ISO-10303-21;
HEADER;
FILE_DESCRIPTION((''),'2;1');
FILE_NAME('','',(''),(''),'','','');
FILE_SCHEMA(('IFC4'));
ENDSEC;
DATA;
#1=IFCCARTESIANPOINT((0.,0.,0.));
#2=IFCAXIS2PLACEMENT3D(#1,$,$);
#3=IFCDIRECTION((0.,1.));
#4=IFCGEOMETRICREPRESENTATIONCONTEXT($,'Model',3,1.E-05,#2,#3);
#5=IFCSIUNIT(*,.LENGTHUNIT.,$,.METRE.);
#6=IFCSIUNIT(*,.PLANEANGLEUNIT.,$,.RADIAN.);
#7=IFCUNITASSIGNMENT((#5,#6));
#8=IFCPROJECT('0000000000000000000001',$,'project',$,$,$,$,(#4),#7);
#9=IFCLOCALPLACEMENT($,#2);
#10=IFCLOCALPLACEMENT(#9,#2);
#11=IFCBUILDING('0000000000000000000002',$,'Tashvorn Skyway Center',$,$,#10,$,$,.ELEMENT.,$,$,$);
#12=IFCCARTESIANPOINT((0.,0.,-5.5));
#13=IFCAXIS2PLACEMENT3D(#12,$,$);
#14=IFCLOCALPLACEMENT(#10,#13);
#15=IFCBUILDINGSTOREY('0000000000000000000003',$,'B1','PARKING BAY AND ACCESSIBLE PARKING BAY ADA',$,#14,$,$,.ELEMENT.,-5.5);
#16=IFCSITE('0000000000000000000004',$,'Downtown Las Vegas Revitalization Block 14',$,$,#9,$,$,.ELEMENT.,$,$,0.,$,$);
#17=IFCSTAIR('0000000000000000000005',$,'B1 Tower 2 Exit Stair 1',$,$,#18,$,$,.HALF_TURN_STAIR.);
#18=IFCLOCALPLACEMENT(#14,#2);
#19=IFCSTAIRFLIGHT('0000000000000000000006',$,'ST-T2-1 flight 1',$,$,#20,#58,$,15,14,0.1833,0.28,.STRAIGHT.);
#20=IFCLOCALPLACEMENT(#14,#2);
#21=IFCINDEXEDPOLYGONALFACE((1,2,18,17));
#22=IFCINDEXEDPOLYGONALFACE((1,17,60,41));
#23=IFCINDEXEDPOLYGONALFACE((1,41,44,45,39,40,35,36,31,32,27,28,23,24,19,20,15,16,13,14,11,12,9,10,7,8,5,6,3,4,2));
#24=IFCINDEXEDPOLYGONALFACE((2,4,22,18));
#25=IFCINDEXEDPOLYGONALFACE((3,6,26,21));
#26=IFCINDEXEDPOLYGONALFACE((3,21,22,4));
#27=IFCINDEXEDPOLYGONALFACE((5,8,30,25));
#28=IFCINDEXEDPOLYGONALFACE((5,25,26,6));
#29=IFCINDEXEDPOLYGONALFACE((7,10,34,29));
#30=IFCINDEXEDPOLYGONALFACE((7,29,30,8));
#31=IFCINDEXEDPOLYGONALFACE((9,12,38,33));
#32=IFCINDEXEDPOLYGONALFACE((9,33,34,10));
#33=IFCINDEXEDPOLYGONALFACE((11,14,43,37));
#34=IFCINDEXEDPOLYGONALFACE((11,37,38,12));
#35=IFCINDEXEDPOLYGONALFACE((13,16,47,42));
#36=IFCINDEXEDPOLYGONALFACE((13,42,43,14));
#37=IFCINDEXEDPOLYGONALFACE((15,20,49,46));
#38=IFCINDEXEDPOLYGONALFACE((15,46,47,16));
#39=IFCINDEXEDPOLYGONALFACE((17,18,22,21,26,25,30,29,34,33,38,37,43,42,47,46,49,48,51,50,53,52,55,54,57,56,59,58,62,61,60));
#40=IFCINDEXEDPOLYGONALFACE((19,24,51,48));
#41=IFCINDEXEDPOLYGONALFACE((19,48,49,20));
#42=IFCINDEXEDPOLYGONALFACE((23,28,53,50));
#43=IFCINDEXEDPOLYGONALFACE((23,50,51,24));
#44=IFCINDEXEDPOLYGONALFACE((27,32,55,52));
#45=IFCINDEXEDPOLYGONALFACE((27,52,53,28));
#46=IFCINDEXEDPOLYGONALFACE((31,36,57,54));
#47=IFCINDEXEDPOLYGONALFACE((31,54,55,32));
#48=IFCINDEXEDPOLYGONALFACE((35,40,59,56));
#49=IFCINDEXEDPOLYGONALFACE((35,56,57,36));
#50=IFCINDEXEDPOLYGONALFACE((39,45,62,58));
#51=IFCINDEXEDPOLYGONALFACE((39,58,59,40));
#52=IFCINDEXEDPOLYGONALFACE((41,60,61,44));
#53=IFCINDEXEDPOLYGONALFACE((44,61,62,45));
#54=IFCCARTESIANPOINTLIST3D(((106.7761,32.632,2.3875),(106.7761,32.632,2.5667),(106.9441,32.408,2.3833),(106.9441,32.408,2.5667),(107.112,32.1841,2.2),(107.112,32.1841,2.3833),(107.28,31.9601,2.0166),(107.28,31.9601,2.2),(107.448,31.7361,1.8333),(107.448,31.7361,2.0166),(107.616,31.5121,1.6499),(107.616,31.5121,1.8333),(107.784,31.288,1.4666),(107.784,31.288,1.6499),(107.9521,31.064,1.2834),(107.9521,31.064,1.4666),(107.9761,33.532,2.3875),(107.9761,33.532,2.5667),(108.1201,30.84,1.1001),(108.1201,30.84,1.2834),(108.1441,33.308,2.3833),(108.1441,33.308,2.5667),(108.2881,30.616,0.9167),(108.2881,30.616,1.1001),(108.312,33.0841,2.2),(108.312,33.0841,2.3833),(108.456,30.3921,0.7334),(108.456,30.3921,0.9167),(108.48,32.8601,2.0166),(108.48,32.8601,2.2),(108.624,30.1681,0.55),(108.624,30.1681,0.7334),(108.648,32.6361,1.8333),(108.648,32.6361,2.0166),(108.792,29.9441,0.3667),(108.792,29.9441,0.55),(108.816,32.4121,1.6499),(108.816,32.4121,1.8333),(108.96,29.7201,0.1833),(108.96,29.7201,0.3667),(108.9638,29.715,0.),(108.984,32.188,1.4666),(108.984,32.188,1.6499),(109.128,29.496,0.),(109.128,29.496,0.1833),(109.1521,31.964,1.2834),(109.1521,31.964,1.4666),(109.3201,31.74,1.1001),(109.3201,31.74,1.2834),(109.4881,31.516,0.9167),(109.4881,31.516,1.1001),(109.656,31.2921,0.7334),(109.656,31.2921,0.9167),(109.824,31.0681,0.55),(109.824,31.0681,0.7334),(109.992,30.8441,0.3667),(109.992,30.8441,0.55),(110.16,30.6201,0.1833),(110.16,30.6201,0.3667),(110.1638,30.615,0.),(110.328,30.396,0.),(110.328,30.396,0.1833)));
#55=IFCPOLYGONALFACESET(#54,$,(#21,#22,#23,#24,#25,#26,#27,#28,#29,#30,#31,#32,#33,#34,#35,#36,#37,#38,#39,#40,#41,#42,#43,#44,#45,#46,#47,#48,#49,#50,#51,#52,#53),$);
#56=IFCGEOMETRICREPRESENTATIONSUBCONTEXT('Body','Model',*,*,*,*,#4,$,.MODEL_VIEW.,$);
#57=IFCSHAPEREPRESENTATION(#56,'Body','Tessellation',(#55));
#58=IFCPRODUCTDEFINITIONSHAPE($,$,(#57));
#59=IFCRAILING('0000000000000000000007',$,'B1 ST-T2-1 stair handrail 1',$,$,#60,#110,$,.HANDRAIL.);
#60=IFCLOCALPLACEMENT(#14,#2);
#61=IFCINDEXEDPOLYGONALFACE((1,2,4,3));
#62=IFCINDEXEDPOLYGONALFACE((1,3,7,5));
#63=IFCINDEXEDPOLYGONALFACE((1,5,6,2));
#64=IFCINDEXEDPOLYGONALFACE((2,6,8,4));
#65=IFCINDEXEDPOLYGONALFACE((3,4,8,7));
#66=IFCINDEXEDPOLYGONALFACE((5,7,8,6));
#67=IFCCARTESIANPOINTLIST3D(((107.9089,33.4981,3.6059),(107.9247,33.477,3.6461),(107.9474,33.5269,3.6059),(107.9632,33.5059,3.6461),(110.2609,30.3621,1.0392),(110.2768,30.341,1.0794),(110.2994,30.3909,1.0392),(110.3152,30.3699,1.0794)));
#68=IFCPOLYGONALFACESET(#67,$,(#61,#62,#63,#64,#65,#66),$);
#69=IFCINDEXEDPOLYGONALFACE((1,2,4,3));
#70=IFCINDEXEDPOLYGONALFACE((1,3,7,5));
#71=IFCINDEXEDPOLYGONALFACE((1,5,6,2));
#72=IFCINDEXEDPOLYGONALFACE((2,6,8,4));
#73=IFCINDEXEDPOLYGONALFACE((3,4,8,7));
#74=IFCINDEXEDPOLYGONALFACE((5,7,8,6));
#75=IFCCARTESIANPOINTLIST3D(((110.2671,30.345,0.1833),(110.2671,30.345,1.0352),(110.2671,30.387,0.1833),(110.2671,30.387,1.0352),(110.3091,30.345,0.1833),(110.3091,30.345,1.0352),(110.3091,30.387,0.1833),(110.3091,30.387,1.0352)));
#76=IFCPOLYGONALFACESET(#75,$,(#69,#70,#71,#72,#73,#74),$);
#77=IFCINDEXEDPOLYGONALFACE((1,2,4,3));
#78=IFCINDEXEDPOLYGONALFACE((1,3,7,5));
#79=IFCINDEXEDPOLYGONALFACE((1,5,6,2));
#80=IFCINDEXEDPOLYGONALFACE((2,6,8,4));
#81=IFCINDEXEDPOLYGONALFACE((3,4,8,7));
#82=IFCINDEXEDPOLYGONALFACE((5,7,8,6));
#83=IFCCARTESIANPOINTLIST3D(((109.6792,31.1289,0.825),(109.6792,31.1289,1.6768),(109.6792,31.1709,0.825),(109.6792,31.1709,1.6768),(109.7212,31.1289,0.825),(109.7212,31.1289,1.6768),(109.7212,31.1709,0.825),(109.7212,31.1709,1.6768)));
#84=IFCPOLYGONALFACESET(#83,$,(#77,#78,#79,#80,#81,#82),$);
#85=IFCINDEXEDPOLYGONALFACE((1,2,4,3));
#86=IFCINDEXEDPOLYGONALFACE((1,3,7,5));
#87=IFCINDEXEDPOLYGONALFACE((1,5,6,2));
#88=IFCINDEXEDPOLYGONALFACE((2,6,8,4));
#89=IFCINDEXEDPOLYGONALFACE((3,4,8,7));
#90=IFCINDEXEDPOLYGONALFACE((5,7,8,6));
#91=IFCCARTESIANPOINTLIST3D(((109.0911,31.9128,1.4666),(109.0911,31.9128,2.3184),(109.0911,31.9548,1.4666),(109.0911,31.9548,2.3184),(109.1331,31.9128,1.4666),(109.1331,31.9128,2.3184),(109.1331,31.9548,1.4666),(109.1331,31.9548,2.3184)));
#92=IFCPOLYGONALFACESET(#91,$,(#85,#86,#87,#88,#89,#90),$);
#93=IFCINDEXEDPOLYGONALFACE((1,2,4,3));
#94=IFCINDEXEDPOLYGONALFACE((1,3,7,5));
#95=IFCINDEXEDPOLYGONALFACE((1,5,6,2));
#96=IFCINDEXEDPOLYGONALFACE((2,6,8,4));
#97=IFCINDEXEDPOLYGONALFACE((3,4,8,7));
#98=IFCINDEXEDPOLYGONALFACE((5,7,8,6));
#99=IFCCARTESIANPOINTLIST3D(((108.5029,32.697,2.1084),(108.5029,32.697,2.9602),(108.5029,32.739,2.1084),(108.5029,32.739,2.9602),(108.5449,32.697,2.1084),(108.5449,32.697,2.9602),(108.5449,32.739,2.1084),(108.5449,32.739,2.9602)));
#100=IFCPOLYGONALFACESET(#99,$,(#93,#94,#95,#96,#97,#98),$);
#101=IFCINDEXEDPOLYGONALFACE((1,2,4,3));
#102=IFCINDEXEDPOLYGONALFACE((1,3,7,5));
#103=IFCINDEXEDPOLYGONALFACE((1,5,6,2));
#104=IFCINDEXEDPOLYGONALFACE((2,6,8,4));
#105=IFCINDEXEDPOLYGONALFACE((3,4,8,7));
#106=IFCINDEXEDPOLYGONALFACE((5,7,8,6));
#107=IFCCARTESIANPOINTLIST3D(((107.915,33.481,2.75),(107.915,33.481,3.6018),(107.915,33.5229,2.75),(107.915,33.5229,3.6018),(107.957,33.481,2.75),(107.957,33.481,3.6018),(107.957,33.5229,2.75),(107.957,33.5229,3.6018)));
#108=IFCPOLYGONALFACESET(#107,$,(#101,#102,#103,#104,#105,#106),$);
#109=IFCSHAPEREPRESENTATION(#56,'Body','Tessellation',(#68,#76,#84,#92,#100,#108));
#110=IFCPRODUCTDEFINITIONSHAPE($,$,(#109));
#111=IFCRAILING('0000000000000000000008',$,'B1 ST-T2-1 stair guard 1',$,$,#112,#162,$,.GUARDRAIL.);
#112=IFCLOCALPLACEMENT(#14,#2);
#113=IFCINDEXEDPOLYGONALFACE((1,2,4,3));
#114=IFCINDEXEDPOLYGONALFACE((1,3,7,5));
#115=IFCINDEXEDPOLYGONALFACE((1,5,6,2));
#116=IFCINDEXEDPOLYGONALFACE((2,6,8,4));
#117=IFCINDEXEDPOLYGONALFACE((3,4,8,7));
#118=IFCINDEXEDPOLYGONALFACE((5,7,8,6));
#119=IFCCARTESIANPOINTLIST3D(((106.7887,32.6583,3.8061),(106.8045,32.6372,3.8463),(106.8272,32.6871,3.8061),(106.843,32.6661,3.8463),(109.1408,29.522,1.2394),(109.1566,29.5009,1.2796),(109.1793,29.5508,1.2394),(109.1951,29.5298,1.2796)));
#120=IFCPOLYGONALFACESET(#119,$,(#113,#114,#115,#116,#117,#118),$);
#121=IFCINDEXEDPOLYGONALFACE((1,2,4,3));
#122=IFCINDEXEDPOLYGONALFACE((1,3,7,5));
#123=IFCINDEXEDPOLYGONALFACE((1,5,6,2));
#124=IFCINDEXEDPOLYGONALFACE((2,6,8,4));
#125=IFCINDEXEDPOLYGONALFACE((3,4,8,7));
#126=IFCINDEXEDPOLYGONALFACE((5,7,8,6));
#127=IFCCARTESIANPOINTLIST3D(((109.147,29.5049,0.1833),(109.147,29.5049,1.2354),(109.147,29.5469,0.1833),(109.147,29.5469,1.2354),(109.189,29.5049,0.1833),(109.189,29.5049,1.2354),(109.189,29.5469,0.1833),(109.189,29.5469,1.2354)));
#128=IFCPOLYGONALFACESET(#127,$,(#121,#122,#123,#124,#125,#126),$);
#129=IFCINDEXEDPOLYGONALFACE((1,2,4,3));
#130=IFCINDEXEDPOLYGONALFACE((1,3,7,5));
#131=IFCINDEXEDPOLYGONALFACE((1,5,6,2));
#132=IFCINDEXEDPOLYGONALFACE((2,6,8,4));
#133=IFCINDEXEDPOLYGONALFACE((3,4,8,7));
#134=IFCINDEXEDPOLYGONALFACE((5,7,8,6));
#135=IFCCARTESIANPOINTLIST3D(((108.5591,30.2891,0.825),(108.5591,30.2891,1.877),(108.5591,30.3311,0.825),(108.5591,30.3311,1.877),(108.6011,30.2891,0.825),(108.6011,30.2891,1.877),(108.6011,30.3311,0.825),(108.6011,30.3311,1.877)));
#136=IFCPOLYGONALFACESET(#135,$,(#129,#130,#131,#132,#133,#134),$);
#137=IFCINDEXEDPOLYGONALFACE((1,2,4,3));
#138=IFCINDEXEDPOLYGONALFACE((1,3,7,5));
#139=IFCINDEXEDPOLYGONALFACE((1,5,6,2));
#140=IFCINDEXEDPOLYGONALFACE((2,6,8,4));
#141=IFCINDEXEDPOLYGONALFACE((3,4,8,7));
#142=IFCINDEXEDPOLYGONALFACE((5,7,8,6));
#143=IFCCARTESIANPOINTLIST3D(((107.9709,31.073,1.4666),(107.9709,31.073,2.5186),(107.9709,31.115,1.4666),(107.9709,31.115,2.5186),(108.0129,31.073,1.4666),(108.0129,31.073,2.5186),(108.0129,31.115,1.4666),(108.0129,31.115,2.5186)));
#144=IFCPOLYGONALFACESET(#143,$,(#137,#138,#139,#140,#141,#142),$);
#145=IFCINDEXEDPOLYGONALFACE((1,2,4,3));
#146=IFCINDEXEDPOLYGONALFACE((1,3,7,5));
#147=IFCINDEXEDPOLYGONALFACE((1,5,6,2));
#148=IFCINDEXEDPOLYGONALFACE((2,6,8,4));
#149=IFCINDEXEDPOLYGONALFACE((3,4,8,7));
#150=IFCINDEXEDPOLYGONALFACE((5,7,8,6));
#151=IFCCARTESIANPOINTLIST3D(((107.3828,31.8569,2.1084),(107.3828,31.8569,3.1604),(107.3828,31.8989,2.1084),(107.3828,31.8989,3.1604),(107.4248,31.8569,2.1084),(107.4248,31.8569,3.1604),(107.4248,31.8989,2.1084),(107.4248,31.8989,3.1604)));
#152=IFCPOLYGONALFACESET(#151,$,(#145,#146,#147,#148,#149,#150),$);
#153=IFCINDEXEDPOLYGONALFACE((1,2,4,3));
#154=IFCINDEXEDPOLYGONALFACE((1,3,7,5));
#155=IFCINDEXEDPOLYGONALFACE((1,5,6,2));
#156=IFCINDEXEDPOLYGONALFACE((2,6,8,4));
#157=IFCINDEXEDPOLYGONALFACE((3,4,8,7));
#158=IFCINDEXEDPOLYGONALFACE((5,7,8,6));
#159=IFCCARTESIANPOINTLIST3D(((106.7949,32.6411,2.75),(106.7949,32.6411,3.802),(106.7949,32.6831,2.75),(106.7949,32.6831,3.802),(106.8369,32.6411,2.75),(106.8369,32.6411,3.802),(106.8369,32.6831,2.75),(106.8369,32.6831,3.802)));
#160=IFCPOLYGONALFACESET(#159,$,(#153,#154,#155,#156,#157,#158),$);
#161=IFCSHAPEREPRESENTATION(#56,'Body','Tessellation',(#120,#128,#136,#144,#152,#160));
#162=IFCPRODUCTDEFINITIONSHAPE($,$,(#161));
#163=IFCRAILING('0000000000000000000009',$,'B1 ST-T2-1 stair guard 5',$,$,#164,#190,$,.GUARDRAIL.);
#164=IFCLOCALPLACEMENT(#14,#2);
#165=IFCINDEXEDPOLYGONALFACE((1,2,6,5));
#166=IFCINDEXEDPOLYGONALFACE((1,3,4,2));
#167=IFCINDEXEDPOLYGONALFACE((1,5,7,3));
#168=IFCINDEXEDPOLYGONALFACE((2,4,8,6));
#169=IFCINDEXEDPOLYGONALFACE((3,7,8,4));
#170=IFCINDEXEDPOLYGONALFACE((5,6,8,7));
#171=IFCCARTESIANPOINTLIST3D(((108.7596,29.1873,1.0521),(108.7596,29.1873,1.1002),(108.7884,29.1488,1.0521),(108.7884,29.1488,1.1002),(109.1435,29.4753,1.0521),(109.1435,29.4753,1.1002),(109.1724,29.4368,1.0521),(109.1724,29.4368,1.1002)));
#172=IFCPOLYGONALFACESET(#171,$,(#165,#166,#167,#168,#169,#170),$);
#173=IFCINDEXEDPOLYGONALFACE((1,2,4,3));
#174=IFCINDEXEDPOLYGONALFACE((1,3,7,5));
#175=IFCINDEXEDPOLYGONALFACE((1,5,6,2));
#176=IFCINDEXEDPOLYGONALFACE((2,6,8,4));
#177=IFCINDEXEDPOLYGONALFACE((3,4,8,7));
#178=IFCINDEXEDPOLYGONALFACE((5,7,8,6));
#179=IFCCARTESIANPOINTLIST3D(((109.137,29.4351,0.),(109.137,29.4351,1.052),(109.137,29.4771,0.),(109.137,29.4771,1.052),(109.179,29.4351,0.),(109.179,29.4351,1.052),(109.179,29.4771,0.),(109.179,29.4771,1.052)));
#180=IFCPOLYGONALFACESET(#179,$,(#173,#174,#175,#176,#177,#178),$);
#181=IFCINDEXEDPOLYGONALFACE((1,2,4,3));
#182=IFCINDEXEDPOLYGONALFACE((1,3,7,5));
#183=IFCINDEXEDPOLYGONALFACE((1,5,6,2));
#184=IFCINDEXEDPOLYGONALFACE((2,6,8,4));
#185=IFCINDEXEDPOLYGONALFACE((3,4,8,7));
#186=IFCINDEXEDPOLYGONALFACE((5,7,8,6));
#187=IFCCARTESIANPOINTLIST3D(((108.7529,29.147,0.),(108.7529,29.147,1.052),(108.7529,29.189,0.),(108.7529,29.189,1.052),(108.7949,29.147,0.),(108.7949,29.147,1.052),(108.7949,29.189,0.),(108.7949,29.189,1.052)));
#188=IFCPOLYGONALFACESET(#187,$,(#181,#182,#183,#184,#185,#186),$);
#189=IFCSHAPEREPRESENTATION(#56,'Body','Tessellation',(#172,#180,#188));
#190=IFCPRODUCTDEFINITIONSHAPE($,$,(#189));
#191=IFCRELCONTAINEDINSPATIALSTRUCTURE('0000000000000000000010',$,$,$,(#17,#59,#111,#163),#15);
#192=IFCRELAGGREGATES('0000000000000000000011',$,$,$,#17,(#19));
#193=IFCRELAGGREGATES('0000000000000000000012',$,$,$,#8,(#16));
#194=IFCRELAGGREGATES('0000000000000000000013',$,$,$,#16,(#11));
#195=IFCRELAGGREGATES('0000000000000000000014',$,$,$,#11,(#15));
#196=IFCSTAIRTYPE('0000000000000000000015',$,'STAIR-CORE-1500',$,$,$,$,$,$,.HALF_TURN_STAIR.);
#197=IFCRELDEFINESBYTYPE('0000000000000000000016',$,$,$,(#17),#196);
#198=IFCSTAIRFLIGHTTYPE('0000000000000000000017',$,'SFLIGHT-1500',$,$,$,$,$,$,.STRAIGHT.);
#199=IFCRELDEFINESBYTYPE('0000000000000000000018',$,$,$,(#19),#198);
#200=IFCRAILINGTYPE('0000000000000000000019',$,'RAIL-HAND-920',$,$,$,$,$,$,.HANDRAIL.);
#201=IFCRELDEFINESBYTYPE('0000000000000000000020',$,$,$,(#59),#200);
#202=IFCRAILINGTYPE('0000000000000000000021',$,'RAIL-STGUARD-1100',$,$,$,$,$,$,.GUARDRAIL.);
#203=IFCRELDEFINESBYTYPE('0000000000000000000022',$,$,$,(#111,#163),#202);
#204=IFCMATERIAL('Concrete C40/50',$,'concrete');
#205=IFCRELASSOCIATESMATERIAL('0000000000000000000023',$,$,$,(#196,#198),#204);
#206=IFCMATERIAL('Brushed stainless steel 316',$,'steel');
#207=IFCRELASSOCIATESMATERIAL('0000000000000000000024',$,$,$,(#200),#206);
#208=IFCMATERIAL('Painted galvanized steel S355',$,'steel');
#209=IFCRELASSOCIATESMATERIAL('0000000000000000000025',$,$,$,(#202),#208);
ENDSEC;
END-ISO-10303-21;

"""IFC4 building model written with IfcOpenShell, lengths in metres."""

from ifc_helpers import new_model, si_unit, direction, frame, origin, origin_2d, place, context, subcontext, project, spatial, polyline, rectangle, outline, extrude, material, type_object, element, aggregate, save


model = new_model("IFC4")

# Units and contexts
model_context = context("Model", 3, precision=1e-05, world=origin(), true_north=direction((0.0, 1.0)))
body_context = subcontext(model_context, "Body", "Model", "MODEL_VIEW")
ifc_project = project(units=[si_unit("LENGTHUNIT", "METRE"), si_unit("PLANEANGLEUNIT", "RADIAN")], contexts=[model_context])

# Site, building, storey
site_placement = place(None, origin())
site = spatial("IfcSite", under=ifc_project, at=site_placement, Name="Downtown Las Vegas Revitalization Block 14", CompositionType="ELEMENT", RefElevation=0.0)
building_placement = place(site_placement, origin())
building = spatial("IfcBuilding", under=site, at=building_placement, Name="Tashvorn Skyway Center", CompositionType="ELEMENT")
storey_placement = place(building_placement, frame((0.0, 0.0, -5.5)))
storey = spatial("IfcBuildingStorey", under=building, at=storey_placement, Name="B1", Description="PARKING BAY AND ACCESSIBLE PARKING BAY ADA", CompositionType="ELEMENT", Elevation=-5.5)

# Shared definitions
ifc_material_1 = material(Name="Concrete C40/50", Category="concrete")

# Stair, stair flight
stair_type = type_object("IfcStairType", Name="STAIR-CORE-1500", PredefinedType="HALF_TURN_STAIR", material=ifc_material_1)
stair_placement = place(storey_placement, origin())
stair = element("IfcStair", 1, at=stair_placement, inside=storey, type_object=stair_type, Name="B1 Tower 2 Exit Stair 1", PredefinedType="HALF_TURN_STAIR")
stair_flight_type = type_object("IfcStairFlightType", Name="SFLIGHT-1500", PredefinedType="STRAIGHT", material=ifc_material_1)
stair_flight_placement = place(storey_placement, frame((109.728, 29.946, 0.0), z_axis=(0.0, 0.0, 1.0), x_axis=(-0.6, 0.8, 0.0)))
stair_flight = element("IfcStairFlight", 2, at=stair_flight_placement, type_object=stair_flight_type, Name="ST-T2-1 flight 1", NumberOfRisers=15, NumberOfTreads=14, PredefinedType="STRAIGHT", RiserHeight=0.1833, TreadLength=0.28, context=body_context, shape_type="SweptSolid", body=[
    extrude(outline(polyline([(0.0, 0.0), (0.0, 0.1833), (0.28, 0.1833), (0.28, 0.3667), (0.5601, 0.3667), (0.5601, 0.55), (0.8401, 0.55), (0.8401, 0.7334), (1.1201, 0.7334), (1.1201, 0.9167), (1.3999, 0.9167), (1.3999, 1.1001), (1.6799, 1.1001), (1.6799, 1.2834), (1.96, 1.2834), (1.96, 1.4666), (2.24, 1.4666), (2.24, 1.6499), (2.52, 1.6499), (2.52, 1.8333), (2.8, 1.8333), (2.8, 2.0166), (3.0801, 2.0166), (3.0801, 2.2), (3.3601, 2.2), (3.3601, 2.3833), (3.6399, 2.3833), (3.6399, 2.5667), (3.9199, 2.5667), (3.9199, 2.75), (3.9199, 2.3875), (0.2737, 0.0), (0.0, 0.0)])), frame((0.0, 0.75, 0.0), z_axis=(0.0, -1.0, 0.0), x_axis=(1.0, 0.0, 0.0)), (0.0, 0.0, 1.0), 1.5),
])
aggregate(stair, [stair_flight])

# Railings
ifc_material_2 = material(Name="Brushed stainless steel 316", Category="steel")
railing_type_1 = type_object("IfcRailingType", Name="RAIL-HAND-920", PredefinedType="HANDRAIL", material=ifc_material_2)
railing_1_placement = place(storey_placement, frame((110.2881, 30.366, 0.1833)))
element("IfcRailing", 3, at=railing_1_placement, inside=storey, type_object=railing_type_1, Name="B1 ST-T2-1 stair handrail 1", PredefinedType="HANDRAIL", context=body_context, shape_type="SweptSolid", body=[
    extrude(rectangle(XDim=0.0481, YDim=0.0481, at=origin_2d()), frame((0.0, 0.0, 0.876), z_axis=(-0.501981, 0.669291, 0.547782), x_axis=(-0.799993, -0.60001, 0.0)), (0.0, 0.0, 1.0), 4.6855),
    extrude(rectangle(XDim=0.042, YDim=0.042, at=origin_2d()), origin(), (0.0, 0.0, 1.0), 0.8518),
    extrude(rectangle(XDim=0.042, YDim=0.042, at=origin_2d()), frame((-0.5879, 0.7839, 0.6416)), (0.0, 0.0, 1.0), 0.8518),
    extrude(rectangle(XDim=0.042, YDim=0.042, at=origin_2d()), frame((-1.176, 1.5679, 1.2832)), (0.0, 0.0, 1.0), 0.8518),
    extrude(rectangle(XDim=0.042, YDim=0.042, at=origin_2d()), frame((-1.7642, 2.3521, 1.925)), (0.0, 0.0, 1.0), 0.8518),
    extrude(rectangle(XDim=0.042, YDim=0.042, at=origin_2d()), frame((-2.3521, 3.136, 2.5667)), (0.0, 0.0, 1.0), 0.8518),
])
ifc_material_3 = material(Name="Painted galvanized steel S355", Category="steel")
railing_type_2 = type_object("IfcRailingType", Name="RAIL-STGUARD-1100", PredefinedType="GUARDRAIL", material=ifc_material_3)
railing_2_placement = place(storey_placement, frame((109.168, 29.5259, 0.1833)))
element("IfcRailing", 4, at=railing_2_placement, inside=storey, type_object=railing_type_2, Name="B1 ST-T2-1 stair guard 1", PredefinedType="GUARDRAIL", context=body_context, shape_type="SweptSolid", body=[
    extrude(rectangle(XDim=0.0481, YDim=0.0481, at=origin_2d()), frame((0.0, 0.0, 1.0762), z_axis=(-0.501964, 0.66932, 0.547762), x_axis=(-0.800015, -0.59998, 0.0)), (0.0, 0.0, 1.0), 4.6858),
    extrude(rectangle(XDim=0.042, YDim=0.042, at=origin_2d()), origin(), (0.0, 0.0, 1.0), 1.052),
    extrude(rectangle(XDim=0.042, YDim=0.042, at=origin_2d()), frame((-0.5879, 0.7842, 0.6416)), (0.0, 0.0, 1.0), 1.052),
    extrude(rectangle(XDim=0.042, YDim=0.042, at=origin_2d()), frame((-1.176, 1.5681, 1.2832)), (0.0, 0.0, 1.0), 1.052),
    extrude(rectangle(XDim=0.042, YDim=0.042, at=origin_2d()), frame((-1.7642, 2.3521, 1.925)), (0.0, 0.0, 1.0), 1.052),
    extrude(rectangle(XDim=0.042, YDim=0.042, at=origin_2d()), frame((-2.3521, 3.1362, 2.5667)), (0.0, 0.0, 1.0), 1.052),
])
railing_3_placement = place(storey_placement, frame((109.158, 29.4561, 0.0)))
element("IfcRailing", 5, at=railing_3_placement, inside=storey, type_object=railing_type_2, Name="B1 ST-T2-1 stair guard 5", PredefinedType="GUARDRAIL", context=body_context, shape_type="SweptSolid", body=[
    extrude(rectangle(XDim=0.0481, YDim=0.0481, at=origin_2d()), frame((0.0, 0.0, 1.0762), z_axis=(-0.799939, -0.600081, 0.0), x_axis=(0.600081, -0.799939, 0.0)), (0.0, 0.0, 1.0), 0.48),
    extrude(rectangle(XDim=0.042, YDim=0.042, at=origin_2d()), origin(), (0.0, 0.0, 1.0), 1.052),
    extrude(rectangle(XDim=0.042, YDim=0.042, at=origin_2d()), frame((-0.384, -0.2881, 0.0)), (0.0, 0.0, 1.0), 1.052),
])

save(model, "model.ifc")
